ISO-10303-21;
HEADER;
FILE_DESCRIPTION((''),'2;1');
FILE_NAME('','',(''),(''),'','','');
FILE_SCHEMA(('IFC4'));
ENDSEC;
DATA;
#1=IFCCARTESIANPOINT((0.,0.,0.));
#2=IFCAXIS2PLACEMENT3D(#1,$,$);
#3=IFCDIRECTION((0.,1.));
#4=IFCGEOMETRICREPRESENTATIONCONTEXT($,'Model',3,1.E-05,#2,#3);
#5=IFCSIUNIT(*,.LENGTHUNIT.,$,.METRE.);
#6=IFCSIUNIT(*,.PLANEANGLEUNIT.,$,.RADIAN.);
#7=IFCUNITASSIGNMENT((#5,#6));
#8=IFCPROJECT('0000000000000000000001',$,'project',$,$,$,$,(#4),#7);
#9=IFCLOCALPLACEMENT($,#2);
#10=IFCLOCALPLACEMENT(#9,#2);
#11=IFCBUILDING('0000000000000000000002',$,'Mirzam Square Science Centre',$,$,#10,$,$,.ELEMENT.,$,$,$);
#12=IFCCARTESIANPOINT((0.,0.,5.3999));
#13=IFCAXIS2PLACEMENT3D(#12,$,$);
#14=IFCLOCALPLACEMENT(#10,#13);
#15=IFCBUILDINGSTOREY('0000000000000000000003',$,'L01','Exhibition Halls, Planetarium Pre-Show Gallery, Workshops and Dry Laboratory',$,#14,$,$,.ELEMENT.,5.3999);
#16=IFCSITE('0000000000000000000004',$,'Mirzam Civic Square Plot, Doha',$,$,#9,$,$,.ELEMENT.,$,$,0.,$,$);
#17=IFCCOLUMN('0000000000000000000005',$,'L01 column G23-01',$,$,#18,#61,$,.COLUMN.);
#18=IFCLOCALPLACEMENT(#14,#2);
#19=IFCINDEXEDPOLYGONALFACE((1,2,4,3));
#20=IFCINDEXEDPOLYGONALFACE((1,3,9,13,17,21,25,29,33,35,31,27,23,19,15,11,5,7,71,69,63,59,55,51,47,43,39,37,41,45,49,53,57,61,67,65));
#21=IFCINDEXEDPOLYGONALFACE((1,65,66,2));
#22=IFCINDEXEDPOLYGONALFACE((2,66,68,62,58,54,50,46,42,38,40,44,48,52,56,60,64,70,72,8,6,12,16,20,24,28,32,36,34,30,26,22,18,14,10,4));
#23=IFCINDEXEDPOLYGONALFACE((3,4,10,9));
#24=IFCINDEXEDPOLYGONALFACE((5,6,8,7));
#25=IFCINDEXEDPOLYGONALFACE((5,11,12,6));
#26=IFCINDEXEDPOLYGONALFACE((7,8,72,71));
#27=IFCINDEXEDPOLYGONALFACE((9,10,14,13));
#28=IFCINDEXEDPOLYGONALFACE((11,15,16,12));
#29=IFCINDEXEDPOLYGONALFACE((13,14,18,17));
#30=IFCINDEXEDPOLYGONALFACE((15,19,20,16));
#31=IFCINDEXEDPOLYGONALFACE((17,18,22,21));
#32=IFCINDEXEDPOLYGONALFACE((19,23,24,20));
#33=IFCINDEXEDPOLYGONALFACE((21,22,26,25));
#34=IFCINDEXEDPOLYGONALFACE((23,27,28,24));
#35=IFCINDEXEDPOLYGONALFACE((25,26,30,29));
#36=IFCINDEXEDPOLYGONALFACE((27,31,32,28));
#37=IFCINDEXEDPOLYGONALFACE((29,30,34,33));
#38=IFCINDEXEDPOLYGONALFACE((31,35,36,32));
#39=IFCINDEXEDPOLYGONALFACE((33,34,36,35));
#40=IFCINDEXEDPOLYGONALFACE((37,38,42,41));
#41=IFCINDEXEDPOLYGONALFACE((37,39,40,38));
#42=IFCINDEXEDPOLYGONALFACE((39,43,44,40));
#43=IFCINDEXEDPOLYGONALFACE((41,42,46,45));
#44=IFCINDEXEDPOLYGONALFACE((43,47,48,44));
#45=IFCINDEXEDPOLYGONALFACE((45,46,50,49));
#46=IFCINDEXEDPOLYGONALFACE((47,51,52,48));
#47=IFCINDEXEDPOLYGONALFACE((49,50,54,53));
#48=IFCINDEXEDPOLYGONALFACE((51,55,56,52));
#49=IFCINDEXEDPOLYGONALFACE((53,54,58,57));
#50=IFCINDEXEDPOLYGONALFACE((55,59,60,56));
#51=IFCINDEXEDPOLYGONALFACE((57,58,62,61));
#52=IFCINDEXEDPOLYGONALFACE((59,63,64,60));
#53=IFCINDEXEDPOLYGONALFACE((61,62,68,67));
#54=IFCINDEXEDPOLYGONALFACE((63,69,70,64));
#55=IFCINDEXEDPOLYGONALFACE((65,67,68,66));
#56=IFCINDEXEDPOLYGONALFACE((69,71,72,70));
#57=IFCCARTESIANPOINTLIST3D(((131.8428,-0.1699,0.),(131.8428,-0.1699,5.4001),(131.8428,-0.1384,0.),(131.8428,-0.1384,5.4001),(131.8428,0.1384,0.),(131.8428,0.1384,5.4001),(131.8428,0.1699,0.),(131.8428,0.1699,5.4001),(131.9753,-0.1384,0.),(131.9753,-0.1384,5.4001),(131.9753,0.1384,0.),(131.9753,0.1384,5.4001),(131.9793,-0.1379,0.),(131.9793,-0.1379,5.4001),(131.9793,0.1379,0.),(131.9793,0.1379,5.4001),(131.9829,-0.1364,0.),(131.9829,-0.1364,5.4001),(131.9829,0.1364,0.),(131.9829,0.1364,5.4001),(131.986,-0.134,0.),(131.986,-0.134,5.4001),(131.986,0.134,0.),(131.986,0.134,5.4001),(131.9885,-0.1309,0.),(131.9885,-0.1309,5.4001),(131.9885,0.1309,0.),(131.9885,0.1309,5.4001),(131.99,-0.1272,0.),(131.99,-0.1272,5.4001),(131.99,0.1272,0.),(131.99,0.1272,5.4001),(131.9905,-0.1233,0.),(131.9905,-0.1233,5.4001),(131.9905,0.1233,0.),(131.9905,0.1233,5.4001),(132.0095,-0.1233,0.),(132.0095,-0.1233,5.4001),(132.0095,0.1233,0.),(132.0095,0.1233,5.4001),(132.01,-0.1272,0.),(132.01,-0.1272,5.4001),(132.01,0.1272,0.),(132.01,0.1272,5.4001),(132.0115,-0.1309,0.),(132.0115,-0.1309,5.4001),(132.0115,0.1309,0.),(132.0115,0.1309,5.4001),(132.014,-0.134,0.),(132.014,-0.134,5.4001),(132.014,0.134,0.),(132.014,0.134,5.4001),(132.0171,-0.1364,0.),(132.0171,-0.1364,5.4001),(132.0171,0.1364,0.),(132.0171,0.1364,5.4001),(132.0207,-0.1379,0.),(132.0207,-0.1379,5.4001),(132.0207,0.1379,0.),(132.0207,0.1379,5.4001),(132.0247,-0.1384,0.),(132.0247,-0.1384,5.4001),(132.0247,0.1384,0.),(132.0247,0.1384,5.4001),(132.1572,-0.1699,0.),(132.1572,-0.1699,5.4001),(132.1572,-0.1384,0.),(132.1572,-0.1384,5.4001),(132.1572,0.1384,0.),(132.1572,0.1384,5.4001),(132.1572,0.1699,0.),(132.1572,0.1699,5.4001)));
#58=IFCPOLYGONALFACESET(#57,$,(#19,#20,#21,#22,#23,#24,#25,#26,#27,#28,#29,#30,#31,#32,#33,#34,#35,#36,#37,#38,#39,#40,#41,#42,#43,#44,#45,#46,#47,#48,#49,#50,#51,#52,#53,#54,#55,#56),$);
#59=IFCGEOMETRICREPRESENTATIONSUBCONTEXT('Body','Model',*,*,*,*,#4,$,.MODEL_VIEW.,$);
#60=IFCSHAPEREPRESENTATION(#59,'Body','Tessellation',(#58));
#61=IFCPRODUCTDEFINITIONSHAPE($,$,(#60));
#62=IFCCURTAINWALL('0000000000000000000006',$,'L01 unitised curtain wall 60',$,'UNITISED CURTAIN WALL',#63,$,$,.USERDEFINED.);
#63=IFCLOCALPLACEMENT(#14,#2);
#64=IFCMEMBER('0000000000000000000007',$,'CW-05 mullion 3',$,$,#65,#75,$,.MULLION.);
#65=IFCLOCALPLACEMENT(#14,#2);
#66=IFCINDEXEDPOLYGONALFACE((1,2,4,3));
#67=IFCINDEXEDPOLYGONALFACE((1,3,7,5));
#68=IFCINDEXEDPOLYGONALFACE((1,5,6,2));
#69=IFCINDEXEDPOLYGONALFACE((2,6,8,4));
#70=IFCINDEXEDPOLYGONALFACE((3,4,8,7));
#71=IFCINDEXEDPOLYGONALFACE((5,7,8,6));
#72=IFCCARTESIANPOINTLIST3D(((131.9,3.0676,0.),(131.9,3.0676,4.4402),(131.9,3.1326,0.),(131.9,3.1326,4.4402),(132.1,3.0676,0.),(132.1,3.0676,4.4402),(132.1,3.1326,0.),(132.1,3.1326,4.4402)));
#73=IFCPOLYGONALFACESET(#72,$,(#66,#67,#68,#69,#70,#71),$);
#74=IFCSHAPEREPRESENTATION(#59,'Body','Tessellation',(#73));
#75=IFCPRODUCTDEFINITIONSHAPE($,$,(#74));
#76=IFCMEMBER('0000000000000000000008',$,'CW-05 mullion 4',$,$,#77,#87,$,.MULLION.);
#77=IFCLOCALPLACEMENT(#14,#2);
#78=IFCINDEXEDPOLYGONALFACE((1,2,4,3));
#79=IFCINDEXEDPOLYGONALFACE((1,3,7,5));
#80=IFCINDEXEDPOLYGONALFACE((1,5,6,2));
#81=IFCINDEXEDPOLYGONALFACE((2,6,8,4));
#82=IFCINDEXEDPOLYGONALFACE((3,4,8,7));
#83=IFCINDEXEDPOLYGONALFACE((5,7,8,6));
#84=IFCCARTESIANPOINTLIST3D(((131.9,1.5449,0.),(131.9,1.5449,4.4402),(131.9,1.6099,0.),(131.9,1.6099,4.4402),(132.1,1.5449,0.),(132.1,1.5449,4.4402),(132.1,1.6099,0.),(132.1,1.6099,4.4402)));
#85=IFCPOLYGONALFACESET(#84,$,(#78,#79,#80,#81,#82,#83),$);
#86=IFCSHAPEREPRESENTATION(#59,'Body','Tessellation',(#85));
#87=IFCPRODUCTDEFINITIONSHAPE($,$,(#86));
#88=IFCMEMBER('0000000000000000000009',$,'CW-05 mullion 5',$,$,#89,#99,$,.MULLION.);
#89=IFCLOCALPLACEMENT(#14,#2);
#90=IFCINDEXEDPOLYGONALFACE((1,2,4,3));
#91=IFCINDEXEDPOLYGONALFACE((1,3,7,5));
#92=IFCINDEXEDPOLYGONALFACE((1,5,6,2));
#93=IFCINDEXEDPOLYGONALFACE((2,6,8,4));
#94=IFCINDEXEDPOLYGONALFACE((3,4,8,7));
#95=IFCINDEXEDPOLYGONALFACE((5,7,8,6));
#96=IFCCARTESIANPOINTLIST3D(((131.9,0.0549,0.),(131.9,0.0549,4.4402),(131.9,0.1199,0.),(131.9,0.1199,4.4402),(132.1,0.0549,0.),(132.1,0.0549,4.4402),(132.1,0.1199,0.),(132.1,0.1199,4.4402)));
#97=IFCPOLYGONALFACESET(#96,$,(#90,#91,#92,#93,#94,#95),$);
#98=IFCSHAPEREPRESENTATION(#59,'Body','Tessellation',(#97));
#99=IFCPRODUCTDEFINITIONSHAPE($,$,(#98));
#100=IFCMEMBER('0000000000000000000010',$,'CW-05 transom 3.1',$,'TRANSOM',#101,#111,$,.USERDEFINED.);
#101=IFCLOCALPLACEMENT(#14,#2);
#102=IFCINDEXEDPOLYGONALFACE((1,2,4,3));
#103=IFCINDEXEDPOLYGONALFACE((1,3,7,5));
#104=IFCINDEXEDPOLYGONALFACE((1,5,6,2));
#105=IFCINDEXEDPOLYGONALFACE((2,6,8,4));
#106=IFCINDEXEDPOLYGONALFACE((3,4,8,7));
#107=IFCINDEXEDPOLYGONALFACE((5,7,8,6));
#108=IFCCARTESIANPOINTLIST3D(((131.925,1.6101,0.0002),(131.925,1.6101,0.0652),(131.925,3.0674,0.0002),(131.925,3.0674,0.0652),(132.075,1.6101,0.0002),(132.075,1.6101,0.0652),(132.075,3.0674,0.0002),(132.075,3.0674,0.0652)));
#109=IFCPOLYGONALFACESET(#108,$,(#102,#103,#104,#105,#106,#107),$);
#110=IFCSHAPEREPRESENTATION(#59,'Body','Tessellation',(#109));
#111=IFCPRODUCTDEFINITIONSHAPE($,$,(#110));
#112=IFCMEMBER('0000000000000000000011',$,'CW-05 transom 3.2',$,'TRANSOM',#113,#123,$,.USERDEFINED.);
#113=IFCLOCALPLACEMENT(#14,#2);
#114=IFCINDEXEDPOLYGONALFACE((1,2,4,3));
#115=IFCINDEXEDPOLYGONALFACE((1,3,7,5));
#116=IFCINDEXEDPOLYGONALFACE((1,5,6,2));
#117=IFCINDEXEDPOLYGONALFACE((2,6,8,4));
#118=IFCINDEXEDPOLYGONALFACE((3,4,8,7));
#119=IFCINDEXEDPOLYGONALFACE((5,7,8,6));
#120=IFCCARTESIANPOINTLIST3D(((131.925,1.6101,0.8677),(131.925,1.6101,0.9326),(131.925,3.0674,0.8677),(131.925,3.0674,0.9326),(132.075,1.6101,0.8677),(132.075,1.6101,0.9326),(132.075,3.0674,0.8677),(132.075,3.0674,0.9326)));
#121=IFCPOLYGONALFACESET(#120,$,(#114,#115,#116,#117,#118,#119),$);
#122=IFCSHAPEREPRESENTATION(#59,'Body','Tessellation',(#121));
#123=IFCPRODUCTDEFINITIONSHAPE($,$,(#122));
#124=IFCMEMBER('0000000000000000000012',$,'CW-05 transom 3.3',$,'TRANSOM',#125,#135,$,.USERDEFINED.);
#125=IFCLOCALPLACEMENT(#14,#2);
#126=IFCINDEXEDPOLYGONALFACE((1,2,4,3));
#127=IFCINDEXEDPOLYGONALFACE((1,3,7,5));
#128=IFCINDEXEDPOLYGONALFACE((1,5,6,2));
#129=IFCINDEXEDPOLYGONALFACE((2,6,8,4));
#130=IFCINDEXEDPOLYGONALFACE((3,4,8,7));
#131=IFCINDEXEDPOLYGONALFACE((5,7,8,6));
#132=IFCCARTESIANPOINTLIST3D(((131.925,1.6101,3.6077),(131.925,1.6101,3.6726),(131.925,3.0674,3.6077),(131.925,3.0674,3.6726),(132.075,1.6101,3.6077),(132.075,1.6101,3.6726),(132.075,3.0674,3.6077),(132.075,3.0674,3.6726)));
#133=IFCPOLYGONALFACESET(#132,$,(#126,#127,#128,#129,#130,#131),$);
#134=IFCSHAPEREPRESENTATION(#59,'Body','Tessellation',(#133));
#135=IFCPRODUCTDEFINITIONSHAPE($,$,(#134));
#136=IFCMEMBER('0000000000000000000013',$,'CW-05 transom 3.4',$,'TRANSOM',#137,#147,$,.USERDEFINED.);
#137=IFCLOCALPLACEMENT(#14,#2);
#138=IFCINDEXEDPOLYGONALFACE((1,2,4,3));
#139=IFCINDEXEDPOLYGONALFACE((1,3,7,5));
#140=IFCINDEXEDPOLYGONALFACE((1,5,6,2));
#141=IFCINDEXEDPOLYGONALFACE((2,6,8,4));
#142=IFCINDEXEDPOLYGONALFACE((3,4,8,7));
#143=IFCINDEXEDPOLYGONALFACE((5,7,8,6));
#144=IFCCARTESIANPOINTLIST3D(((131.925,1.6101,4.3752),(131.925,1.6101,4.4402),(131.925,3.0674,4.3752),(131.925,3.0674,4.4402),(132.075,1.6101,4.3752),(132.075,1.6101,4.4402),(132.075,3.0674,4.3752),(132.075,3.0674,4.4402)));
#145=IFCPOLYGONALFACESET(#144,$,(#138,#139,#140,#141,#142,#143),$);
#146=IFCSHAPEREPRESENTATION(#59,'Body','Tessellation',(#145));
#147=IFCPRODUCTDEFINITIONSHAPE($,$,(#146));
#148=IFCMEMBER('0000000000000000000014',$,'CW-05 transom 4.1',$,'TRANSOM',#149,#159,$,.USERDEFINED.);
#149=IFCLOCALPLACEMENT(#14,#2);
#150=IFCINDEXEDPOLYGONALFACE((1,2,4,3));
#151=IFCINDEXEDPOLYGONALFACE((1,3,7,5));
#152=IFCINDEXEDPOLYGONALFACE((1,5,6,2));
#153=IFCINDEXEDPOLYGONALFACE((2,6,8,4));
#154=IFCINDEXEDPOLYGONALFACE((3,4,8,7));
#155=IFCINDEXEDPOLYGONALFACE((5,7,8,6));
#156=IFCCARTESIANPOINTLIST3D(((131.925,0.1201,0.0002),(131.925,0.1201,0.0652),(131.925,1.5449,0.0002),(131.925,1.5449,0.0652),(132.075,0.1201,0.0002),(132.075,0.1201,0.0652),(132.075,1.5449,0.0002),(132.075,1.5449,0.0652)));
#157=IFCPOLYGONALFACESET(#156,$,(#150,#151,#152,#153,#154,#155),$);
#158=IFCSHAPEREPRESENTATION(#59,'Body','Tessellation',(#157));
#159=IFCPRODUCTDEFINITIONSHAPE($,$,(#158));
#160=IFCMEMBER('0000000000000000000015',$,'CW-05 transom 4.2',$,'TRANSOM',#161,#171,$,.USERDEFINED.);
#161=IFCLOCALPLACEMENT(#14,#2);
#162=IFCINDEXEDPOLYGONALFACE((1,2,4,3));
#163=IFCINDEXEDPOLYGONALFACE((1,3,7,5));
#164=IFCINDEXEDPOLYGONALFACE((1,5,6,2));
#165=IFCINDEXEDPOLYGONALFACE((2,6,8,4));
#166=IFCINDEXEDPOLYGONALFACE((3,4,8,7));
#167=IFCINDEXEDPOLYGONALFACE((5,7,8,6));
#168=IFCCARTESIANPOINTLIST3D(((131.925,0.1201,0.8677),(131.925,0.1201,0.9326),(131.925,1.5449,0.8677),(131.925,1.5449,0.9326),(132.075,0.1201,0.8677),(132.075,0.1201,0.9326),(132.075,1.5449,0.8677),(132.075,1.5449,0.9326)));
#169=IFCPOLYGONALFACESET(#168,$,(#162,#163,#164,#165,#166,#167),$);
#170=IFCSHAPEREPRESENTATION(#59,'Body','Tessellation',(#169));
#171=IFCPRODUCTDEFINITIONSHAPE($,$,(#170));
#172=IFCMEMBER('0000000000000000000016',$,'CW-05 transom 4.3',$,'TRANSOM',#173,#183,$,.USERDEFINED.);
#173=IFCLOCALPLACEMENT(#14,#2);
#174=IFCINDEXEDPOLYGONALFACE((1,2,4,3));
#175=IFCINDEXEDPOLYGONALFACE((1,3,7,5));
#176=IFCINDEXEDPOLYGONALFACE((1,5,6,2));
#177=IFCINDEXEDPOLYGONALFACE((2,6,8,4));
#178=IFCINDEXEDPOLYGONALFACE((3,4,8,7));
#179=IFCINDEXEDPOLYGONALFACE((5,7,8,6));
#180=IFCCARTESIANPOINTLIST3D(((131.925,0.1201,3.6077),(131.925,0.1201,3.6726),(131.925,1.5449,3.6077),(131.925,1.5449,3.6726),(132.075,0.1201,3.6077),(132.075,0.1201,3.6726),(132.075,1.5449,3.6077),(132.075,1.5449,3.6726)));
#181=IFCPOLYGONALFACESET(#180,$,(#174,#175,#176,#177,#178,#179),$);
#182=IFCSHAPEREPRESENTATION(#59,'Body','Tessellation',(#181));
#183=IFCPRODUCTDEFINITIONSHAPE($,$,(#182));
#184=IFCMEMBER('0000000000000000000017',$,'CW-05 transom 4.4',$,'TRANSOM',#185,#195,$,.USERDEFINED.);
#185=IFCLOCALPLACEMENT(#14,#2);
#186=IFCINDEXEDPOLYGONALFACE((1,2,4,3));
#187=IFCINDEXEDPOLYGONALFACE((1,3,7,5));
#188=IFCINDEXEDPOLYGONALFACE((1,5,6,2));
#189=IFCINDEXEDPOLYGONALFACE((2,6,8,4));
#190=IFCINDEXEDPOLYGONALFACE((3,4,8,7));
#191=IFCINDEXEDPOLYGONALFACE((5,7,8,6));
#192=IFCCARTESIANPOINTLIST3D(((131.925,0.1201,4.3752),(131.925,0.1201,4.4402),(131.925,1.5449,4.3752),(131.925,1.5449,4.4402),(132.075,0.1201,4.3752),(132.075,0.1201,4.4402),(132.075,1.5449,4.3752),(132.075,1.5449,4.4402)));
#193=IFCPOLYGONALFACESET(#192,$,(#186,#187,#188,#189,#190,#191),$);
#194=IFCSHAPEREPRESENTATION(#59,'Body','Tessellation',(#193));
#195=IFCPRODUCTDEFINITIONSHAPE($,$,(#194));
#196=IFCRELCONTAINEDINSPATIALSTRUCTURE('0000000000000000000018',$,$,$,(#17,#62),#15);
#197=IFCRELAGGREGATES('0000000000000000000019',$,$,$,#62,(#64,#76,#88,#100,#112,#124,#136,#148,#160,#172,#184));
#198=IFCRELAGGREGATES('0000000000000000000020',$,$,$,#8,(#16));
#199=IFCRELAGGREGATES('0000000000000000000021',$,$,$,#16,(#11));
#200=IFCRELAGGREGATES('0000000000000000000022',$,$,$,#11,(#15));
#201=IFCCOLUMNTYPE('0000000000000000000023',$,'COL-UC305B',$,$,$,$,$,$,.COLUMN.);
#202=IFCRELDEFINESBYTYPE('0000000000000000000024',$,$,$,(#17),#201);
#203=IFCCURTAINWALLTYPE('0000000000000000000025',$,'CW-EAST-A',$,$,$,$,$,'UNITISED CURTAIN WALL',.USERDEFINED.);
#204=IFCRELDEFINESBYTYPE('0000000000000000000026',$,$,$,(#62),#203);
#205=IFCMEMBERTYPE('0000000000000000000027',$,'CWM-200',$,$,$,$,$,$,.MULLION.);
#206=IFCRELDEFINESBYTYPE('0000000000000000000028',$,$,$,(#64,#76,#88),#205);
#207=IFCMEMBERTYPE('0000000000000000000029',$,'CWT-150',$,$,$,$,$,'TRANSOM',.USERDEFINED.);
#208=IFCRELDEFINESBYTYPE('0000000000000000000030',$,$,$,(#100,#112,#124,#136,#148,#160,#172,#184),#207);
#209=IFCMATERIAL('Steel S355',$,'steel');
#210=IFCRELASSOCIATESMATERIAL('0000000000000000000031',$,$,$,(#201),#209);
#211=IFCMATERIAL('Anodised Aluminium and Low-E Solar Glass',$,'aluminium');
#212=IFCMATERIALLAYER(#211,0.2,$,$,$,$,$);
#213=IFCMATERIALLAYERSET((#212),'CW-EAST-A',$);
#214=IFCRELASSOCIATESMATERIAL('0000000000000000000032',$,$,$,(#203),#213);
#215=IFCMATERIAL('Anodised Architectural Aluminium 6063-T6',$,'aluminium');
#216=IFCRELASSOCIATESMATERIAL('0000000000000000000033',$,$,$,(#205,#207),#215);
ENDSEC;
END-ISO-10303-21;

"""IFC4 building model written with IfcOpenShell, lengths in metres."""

from ifc_helpers import new_model, si_unit, direction, frame, origin, origin_2d, place, context, subcontext, project, spatial, rectangle, i_section, extrude, material, layer, layer_set, material_profile, profile_set, type_object, element, aggregate, save


model = new_model("IFC4")

# Units and contexts
model_context = context("Model", 3, precision=1e-05, world=origin(), true_north=direction((0.0, 1.0)))
body_context = subcontext(model_context, "Body", "Model", "MODEL_VIEW")
ifc_project = project(units=[si_unit("LENGTHUNIT", "METRE"), si_unit("PLANEANGLEUNIT", "RADIAN")], contexts=[model_context])

# Site, building, storey
site_placement = place(None, origin())
site = spatial("IfcSite", under=ifc_project, at=site_placement, Name="Mirzam Civic Square Plot, Doha", CompositionType="ELEMENT", RefElevation=0.0)
building_placement = place(site_placement, origin())
building = spatial("IfcBuilding", under=site, at=building_placement, Name="Mirzam Square Science Centre", CompositionType="ELEMENT")
storey_placement = place(building_placement, frame((0.0, 0.0, 5.3999)))
storey = spatial("IfcBuildingStorey", under=building, at=storey_placement, Name="L01", Description="Exhibition Halls, Planetarium Pre-Show Gallery, Workshops and Dry Laboratory", CompositionType="ELEMENT", Elevation=5.3999)

# Column
ifc_material_1 = material(Name="Steel S355", Category="steel")
ifc_material_profile_1 = material_profile(ifc_material_1, i_section(OverallWidth=0.3145, OverallDepth=0.3398, WebThickness=0.019, FlangeThickness=0.0315, FilletRadius=0.0151, at=origin_2d()), Name="305x305x198UC")
ifc_profile_set_1 = profile_set([ifc_material_profile_1], Name="Steel S355")
column_type = type_object("IfcColumnType", Name="COL-UC305B", PredefinedType="COLUMN", material=ifc_profile_set_1)
column_placement = place(storey_placement, frame((132.0, 0.0, 0.0), z_axis=(0.0, 0.0, 1.0), x_axis=(1.0, 0.0, 0.0)))
element("IfcColumn", 1, at=column_placement, inside=storey, type_object=column_type, Name="L01 column G23-01", PredefinedType="COLUMN", context=body_context, shape_type="SweptSolid", body=[
    extrude(i_section(OverallWidth=0.3145, OverallDepth=0.3398, WebThickness=0.019, FlangeThickness=0.0315, FilletRadius=0.0151, at=origin_2d()), origin(), (0.0, 0.0, 1.0), 5.4001),
])

# Curtain wall, members
ifc_material_2 = material(Name="Anodised Aluminium and Low-E Solar Glass", Category="aluminium")
ifc_layer_1 = layer(ifc_material_2, 0.2)
ifc_layer_set_1 = layer_set([ifc_layer_1], Name="CW-EAST-A")
curtain_wall_type = type_object("IfcCurtainWallType", Name="CW-EAST-A", ElementType="UNITISED CURTAIN WALL", PredefinedType="USERDEFINED", material=ifc_layer_set_1)
curtain_wall_placement = place(storey_placement, origin())
curtain_wall = element("IfcCurtainWall", 2, at=curtain_wall_placement, inside=storey, type_object=curtain_wall_type, Name="L01 unitised curtain wall 60", ObjectType="UNITISED CURTAIN WALL", PredefinedType="USERDEFINED")
ifc_material_3 = material(Name="Anodised Architectural Aluminium 6063-T6", Category="aluminium")
ifc_material_profile_2 = material_profile(ifc_material_3, rectangle(XDim=0.0649, YDim=0.2, at=origin_2d()), Name="ALU-MULL-200x65x5")
ifc_profile_set_2 = profile_set([ifc_material_profile_2], Name="Anodised Architectural Aluminium 6063-T6")
member_type_1 = type_object("IfcMemberType", Name="CWM-200", PredefinedType="MULLION", material=ifc_profile_set_2)
member_1_placement = place(storey_placement, frame((132.0, 3.1001, 0.0), z_axis=(0.0, 0.0, 1.0), x_axis=(0.0, -1.0, 0.0)))
member_1 = element("IfcMember", 3, at=member_1_placement, type_object=member_type_1, Name="CW-05 mullion 3", PredefinedType="MULLION", context=body_context, shape_type="SweptSolid", body=[
    extrude(rectangle(XDim=0.0649, YDim=0.2, at=origin_2d()), origin(), (0.0, 0.0, 1.0), 4.4402),
])
member_2_placement = place(storey_placement, frame((132.0, 1.5774, 0.0), z_axis=(0.0, 0.0, 1.0), x_axis=(0.0, -1.0, 0.0)))
member_2 = element("IfcMember", 4, at=member_2_placement, type_object=member_type_1, Name="CW-05 mullion 4", PredefinedType="MULLION", context=body_context, shape_type="SweptSolid", body=[
    extrude(rectangle(XDim=0.0649, YDim=0.2, at=origin_2d()), origin(), (0.0, 0.0, 1.0), 4.4402),
])
member_3_placement = place(storey_placement, frame((132.0, 0.0874, 0.0), z_axis=(0.0, 0.0, 1.0), x_axis=(0.0, -1.0, 0.0)))
member_3 = element("IfcMember", 5, at=member_3_placement, type_object=member_type_1, Name="CW-05 mullion 5", PredefinedType="MULLION", context=body_context, shape_type="SweptSolid", body=[
    extrude(rectangle(XDim=0.0649, YDim=0.2, at=origin_2d()), origin(), (0.0, 0.0, 1.0), 4.4402),
])
ifc_material_profile_3 = material_profile(ifc_material_3, rectangle(XDim=0.1499, YDim=0.0649, at=origin_2d()), Name="ALU-TRAN-150x65x4")
ifc_profile_set_3 = profile_set([ifc_material_profile_3], Name="Anodised Architectural Aluminium 6063-T6")
member_type_2 = type_object("IfcMemberType", Name="CWT-150", ElementType="TRANSOM", PredefinedType="USERDEFINED", material=ifc_profile_set_3)
member_4_placement = place(storey_placement, frame((132.0, 3.0674, 0.0327), z_axis=(0.0, -1.0, 0.0), x_axis=(1.0, 0.0, 0.0)))
member_4 = element("IfcMember", 6, at=member_4_placement, type_object=member_type_2, Name="CW-05 transom 3.1", ObjectType="TRANSOM", PredefinedType="USERDEFINED", context=body_context, shape_type="SweptSolid", body=[
    extrude(rectangle(XDim=0.1499, YDim=0.0649, at=origin_2d()), origin(), (0.0, 0.0, 1.0), 1.4573),
])
member_5_placement = place(storey_placement, frame((132.0, 3.0674, 0.9001), z_axis=(0.0, -1.0, 0.0), x_axis=(1.0, 0.0, 0.0)))
member_5 = element("IfcMember", 7, at=member_5_placement, type_object=member_type_2, Name="CW-05 transom 3.2", ObjectType="TRANSOM", PredefinedType="USERDEFINED", context=body_context, shape_type="SweptSolid", body=[
    extrude(rectangle(XDim=0.1499, YDim=0.0649, at=origin_2d()), origin(), (0.0, 0.0, 1.0), 1.4573),
])
member_6_placement = place(storey_placement, frame((132.0, 3.0674, 3.6401), z_axis=(0.0, -1.0, 0.0), x_axis=(1.0, 0.0, 0.0)))
member_6 = element("IfcMember", 8, at=member_6_placement, type_object=member_type_2, Name="CW-05 transom 3.3", ObjectType="TRANSOM", PredefinedType="USERDEFINED", context=body_context, shape_type="SweptSolid", body=[
    extrude(rectangle(XDim=0.1499, YDim=0.0649, at=origin_2d()), origin(), (0.0, 0.0, 1.0), 1.4573),
])
member_7_placement = place(storey_placement, frame((132.0, 3.0674, 4.4077), z_axis=(0.0, -1.0, 0.0), x_axis=(1.0, 0.0, 0.0)))
member_7 = element("IfcMember", 9, at=member_7_placement, type_object=member_type_2, Name="CW-05 transom 3.4", ObjectType="TRANSOM", PredefinedType="USERDEFINED", context=body_context, shape_type="SweptSolid", body=[
    extrude(rectangle(XDim=0.1499, YDim=0.0649, at=origin_2d()), origin(), (0.0, 0.0, 1.0), 1.4573),
])
member_8_placement = place(storey_placement, frame((132.0, 1.5449, 0.0327), z_axis=(0.0, -1.0, 0.0), x_axis=(1.0, 0.0, 0.0)))
member_8 = element("IfcMember", 10, at=member_8_placement, type_object=member_type_2, Name="CW-05 transom 4.1", ObjectType="TRANSOM", PredefinedType="USERDEFINED", context=body_context, shape_type="SweptSolid", body=[
    extrude(rectangle(XDim=0.1499, YDim=0.0649, at=origin_2d()), origin(), (0.0, 0.0, 1.0), 1.4248),
])
member_9_placement = place(storey_placement, frame((132.0, 1.5449, 0.9001), z_axis=(0.0, -1.0, 0.0), x_axis=(1.0, 0.0, 0.0)))
member_9 = element("IfcMember", 11, at=member_9_placement, type_object=member_type_2, Name="CW-05 transom 4.2", ObjectType="TRANSOM", PredefinedType="USERDEFINED", context=body_context, shape_type="SweptSolid", body=[
    extrude(rectangle(XDim=0.1499, YDim=0.0649, at=origin_2d()), origin(), (0.0, 0.0, 1.0), 1.4248),
])
member_10_placement = place(storey_placement, frame((132.0, 1.5449, 3.6401), z_axis=(0.0, -1.0, 0.0), x_axis=(1.0, 0.0, 0.0)))
member_10 = element("IfcMember", 12, at=member_10_placement, type_object=member_type_2, Name="CW-05 transom 4.3", ObjectType="TRANSOM", PredefinedType="USERDEFINED", context=body_context, shape_type="SweptSolid", body=[
    extrude(rectangle(XDim=0.1499, YDim=0.0649, at=origin_2d()), origin(), (0.0, 0.0, 1.0), 1.4248),
])
member_11_placement = place(storey_placement, frame((132.0, 1.5449, 4.4077), z_axis=(0.0, -1.0, 0.0), x_axis=(1.0, 0.0, 0.0)))
member_11 = element("IfcMember", 13, at=member_11_placement, type_object=member_type_2, Name="CW-05 transom 4.4", ObjectType="TRANSOM", PredefinedType="USERDEFINED", context=body_context, shape_type="SweptSolid", body=[
    extrude(rectangle(XDim=0.1499, YDim=0.0649, at=origin_2d()), origin(), (0.0, 0.0, 1.0), 1.4248),
])

aggregate(curtain_wall, [member_1, member_2, member_3, member_4, member_5, member_6, member_7, member_8, member_9, member_10, member_11])

save(model, "model.ifc")
